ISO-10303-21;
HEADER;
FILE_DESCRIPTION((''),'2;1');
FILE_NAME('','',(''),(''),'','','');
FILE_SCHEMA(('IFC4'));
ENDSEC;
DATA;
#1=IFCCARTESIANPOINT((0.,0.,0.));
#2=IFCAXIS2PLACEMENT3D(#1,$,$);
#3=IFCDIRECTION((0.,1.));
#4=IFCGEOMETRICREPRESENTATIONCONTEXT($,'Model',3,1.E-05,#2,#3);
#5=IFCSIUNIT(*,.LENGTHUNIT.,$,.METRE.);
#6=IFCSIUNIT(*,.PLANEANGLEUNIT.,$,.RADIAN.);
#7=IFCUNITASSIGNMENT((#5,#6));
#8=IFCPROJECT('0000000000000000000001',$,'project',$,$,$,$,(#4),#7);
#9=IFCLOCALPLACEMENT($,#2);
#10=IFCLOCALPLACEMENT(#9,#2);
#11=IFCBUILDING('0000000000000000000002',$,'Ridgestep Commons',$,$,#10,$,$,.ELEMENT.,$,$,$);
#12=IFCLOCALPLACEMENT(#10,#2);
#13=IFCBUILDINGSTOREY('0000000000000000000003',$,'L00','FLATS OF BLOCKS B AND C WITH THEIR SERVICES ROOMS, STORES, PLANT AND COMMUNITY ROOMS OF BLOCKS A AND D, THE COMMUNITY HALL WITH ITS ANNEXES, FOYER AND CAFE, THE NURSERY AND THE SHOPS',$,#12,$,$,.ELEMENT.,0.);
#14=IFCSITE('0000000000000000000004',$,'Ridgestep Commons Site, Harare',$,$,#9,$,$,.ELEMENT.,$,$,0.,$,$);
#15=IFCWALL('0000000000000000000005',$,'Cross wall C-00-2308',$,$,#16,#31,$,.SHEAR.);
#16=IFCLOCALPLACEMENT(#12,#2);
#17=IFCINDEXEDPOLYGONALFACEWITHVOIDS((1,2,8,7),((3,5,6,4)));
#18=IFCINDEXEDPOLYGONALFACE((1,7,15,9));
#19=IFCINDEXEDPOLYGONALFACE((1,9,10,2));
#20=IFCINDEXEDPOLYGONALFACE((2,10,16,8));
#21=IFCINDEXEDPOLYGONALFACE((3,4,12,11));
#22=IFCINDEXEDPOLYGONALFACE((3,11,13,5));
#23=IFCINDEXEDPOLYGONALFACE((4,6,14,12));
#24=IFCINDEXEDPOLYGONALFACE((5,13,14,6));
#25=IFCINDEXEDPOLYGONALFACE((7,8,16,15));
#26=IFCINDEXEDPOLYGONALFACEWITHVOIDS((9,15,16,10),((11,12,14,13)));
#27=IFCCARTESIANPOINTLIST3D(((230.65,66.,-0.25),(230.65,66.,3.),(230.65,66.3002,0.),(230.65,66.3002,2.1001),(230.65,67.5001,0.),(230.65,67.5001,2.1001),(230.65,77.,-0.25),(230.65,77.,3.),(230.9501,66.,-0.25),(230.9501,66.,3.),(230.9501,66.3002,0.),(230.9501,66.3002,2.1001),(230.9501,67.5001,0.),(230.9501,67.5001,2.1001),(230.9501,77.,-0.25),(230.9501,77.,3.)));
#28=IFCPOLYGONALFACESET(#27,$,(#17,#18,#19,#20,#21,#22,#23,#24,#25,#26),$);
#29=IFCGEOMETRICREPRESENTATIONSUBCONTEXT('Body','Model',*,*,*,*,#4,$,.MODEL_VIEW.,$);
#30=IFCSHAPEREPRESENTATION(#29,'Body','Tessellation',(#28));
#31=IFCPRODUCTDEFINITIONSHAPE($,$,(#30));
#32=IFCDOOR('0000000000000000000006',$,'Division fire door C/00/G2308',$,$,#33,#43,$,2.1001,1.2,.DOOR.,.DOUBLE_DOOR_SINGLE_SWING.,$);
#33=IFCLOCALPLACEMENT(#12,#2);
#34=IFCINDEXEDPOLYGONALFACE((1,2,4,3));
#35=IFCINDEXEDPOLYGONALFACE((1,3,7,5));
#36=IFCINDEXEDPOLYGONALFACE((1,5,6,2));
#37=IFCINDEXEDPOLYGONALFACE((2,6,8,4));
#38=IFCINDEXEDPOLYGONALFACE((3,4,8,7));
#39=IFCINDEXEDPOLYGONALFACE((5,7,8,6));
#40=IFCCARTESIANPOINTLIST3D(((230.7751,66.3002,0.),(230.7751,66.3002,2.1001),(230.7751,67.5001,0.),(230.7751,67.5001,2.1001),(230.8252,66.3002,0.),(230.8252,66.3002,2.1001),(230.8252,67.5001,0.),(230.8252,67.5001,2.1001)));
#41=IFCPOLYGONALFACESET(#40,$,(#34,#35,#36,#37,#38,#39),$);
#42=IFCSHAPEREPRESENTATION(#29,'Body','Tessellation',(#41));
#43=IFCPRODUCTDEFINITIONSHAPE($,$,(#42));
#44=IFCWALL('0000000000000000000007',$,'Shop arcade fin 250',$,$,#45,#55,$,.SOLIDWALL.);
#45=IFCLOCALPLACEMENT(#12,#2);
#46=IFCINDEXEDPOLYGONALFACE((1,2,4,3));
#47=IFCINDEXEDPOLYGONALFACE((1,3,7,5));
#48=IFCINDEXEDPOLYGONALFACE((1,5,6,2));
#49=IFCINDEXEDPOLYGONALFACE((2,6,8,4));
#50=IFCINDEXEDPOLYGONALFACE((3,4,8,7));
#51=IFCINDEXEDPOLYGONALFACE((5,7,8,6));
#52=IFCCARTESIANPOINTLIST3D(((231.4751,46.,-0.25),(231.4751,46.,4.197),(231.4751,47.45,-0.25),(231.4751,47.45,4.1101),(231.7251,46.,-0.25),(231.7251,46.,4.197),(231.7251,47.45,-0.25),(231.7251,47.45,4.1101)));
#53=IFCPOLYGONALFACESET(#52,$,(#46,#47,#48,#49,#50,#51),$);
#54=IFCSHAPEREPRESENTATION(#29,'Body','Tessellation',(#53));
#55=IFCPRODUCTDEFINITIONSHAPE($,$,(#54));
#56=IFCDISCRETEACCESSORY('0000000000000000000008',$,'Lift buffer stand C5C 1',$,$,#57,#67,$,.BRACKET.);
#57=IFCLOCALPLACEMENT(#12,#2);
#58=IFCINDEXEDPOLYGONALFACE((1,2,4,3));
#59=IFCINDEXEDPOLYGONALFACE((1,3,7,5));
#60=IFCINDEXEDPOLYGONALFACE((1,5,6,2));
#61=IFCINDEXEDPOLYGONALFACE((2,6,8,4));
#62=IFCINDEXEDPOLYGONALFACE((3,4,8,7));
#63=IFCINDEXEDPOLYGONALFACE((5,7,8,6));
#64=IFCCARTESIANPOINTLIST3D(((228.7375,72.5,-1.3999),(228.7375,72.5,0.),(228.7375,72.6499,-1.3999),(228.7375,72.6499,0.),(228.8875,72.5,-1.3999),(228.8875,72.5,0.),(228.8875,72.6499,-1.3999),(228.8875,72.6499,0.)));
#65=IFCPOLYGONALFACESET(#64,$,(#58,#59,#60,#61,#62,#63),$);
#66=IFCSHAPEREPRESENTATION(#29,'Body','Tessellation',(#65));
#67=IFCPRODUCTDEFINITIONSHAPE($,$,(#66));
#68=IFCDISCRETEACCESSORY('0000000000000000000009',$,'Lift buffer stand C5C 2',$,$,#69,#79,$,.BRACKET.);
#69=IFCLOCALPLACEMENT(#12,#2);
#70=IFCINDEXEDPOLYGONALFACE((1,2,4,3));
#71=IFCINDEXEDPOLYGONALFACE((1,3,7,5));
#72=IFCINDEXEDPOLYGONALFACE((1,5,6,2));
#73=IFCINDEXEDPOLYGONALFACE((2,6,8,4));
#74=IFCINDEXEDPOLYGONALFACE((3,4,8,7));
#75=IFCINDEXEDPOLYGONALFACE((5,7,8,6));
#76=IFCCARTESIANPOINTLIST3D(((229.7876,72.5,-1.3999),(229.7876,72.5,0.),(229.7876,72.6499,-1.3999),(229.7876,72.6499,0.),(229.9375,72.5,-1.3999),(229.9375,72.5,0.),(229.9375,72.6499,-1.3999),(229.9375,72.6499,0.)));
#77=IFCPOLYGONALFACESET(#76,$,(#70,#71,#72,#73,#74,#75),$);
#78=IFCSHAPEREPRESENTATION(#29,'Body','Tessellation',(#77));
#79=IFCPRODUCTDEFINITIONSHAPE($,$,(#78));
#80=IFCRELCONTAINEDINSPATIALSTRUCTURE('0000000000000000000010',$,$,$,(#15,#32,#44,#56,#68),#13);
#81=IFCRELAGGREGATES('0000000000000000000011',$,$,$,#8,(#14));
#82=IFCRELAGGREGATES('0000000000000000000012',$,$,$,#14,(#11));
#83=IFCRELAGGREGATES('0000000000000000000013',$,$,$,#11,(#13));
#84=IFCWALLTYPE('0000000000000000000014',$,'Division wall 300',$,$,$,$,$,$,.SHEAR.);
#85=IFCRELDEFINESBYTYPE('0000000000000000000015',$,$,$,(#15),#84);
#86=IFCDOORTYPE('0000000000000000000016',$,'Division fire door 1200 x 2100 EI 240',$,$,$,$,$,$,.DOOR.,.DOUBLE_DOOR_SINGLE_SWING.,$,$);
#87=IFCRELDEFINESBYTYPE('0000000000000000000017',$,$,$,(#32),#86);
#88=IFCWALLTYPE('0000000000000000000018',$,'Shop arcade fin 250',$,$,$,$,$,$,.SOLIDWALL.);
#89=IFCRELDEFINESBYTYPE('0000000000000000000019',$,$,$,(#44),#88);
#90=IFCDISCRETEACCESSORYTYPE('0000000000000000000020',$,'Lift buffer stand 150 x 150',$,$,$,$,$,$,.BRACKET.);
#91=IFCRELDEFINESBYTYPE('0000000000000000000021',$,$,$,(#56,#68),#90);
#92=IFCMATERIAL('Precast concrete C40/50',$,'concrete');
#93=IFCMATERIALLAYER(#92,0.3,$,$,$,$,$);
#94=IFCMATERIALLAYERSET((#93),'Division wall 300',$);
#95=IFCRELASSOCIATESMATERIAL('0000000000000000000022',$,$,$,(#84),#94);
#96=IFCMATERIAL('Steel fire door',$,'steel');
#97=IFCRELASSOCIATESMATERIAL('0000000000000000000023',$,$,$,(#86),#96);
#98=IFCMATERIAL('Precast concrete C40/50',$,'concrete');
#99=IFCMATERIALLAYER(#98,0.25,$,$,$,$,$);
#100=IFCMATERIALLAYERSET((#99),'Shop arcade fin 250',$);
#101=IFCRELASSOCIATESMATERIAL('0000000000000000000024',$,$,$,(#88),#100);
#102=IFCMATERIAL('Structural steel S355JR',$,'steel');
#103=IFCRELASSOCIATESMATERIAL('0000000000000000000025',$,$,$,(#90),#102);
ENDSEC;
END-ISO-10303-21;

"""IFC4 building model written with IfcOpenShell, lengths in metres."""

from ifc_helpers import new_model, si_unit, direction, frame, frame_2d, origin, origin_2d, place, context, subcontext, project, spatial, polyline, rectangle, outline, extrude, material, layer, layer_set, type_object, element, fill, save


model = new_model("IFC4")

# Units and contexts
model_context = context("Model", 3, precision=1e-05, world=origin(), true_north=direction((0.0, 1.0)))
body_context = subcontext(model_context, "Body", "Model", "MODEL_VIEW")
ifc_project = project(units=[si_unit("LENGTHUNIT", "METRE"), si_unit("PLANEANGLEUNIT", "RADIAN")], contexts=[model_context])

# Site, building, storey
site_placement = place(None, origin())
site = spatial("IfcSite", under=ifc_project, at=site_placement, Name="Ridgestep Commons Site, Harare", CompositionType="ELEMENT", RefElevation=0.0)
building_placement = place(site_placement, origin())
building = spatial("IfcBuilding", under=site, at=building_placement, Name="Ridgestep Commons", CompositionType="ELEMENT")
storey_placement = place(building_placement, origin())
storey = spatial("IfcBuildingStorey", under=building, at=storey_placement, Name="L00", Description="FLATS OF BLOCKS B AND C WITH THEIR SERVICES ROOMS, STORES, PLANT AND COMMUNITY ROOMS OF BLOCKS A AND D, THE COMMUNITY HALL WITH ITS ANNEXES, FOYER AND CAFE, THE NURSERY AND THE SHOPS", CompositionType="ELEMENT", Elevation=0.0)

# Wall, opening, door
ifc_material_1 = material(Name="Precast concrete C40/50", Category="concrete")
ifc_layer_1 = layer(ifc_material_1, 0.3)
ifc_layer_set_1 = layer_set([ifc_layer_1], Name="Division wall 300")
wall_type_1 = type_object("IfcWallType", Name="Division wall 300", PredefinedType="SHEAR", material=ifc_layer_set_1)
wall_1_placement = place(storey_placement, frame((230.8, 66.0, -0.25), z_axis=(0.0, 0.0, 1.0), x_axis=(0.0, 1.0, 0.0)))
wall_1 = element("IfcWall", 1, at=wall_1_placement, inside=storey, type_object=wall_type_1, Name="Cross wall C-00-2308", PredefinedType="SHEAR", context=body_context, shape_type="SweptSolid", body=[
    extrude(rectangle(XDim=11.0, YDim=0.3, at=frame_2d((5.5, 0.0))), origin(), (0.0, 0.0, 1.0), 3.25),
])
opening_1_placement = place(wall_1_placement, frame((0.3, 0.0, 0.25)))
opening_1 = element("IfcOpeningElement", 2, at=opening_1_placement, cuts=wall_1, PredefinedType="OPENING", context=body_context, shape_type="SweptSolid", body=[
    extrude(rectangle(XDim=1.2, YDim=2.1001, at=frame_2d((0.6001, 1.05))), frame((0.0, 0.1599, 0.0), z_axis=(0.0, -1.0, 0.0), x_axis=(1.0, 0.0, 0.0)), (0.0, 0.0, 1.0), 0.3201),
])
ifc_material_2 = material(Name="Steel fire door", Category="steel")
door_type_1 = type_object("IfcDoorType", Name="Division fire door 1200 x 2100 EI 240", OperationType="DOUBLE_DOOR_SINGLE_SWING", PredefinedType="DOOR", material=ifc_material_2)
door_1_placement = place(opening_1_placement, origin())
door_1 = element("IfcDoor", 3, at=door_1_placement, inside=storey, type_object=door_type_1, Name="Division fire door C/00/G2308", OperationType="DOUBLE_DOOR_SINGLE_SWING", OverallHeight=2.1001, OverallWidth=1.2, PredefinedType="DOOR", context=body_context, shape_type="SweptSolid", body=[
    extrude(rectangle(XDim=1.2, YDim=2.1001, at=frame_2d((0.6001, 1.05))), frame((0.0, 0.0249, 0.0), z_axis=(0.0, -1.0, 0.0), x_axis=(1.0, 0.0, 0.0)), (0.0, 0.0, 1.0), 0.05),
])
fill(opening_1, door_1)

# Wall
ifc_material_3 = material(Name="Precast concrete C40/50", Category="concrete")
ifc_layer_2 = layer(ifc_material_3, 0.25)
ifc_layer_set_2 = layer_set([ifc_layer_2], Name="Shop arcade fin 250")
wall_type_2 = type_object("IfcWallType", Name="Shop arcade fin 250", PredefinedType="SOLIDWALL", material=ifc_layer_set_2)
wall_2_placement = place(storey_placement, frame((231.6001, 46.0, -0.25), z_axis=(0.0, 0.0, 1.0), x_axis=(0.0, 1.0, 0.0)))
element("IfcWall", 4, at=wall_2_placement, inside=storey, type_object=wall_type_2, Name="Shop arcade fin 250", PredefinedType="SOLIDWALL", context=body_context, shape_type="SweptSolid", body=[
    extrude(outline(polyline([(0.0, 0.0), (1.45, 0.0), (1.45, 4.3601), (0.0, 4.447), (0.0, 0.0)])), frame((0.0, 0.125, 0.0), z_axis=(0.0, -1.0, 0.0), x_axis=(1.0, 0.0, 0.0)), (0.0, 0.0, 1.0), 0.25),
])

# Discrete accessories
ifc_material_4 = material(Name="Structural steel S355JR", Category="steel")
discrete_accessory_type = type_object("IfcDiscreteAccessoryType", Name="Lift buffer stand 150 x 150", PredefinedType="BRACKET", material=ifc_material_4)
for number, where, z_axis, x_axis, name in (
    (5, (228.8125, 72.575, -1.3999), (0.0, 0.0, 1.0), (1.0, 0.0, 0.0), "Lift buffer stand C5C 1"),
    (6, (229.8625, 72.575, -1.3999), (0.0, 0.0, 1.0), (1.0, 0.0, 0.0), "Lift buffer stand C5C 2"),
):
    element("IfcDiscreteAccessory", number, at=place(storey_placement, frame(where, z_axis=z_axis, x_axis=x_axis)), inside=storey, type_object=discrete_accessory_type, Name=name, PredefinedType="BRACKET", context=body_context, shape_type="SweptSolid", body=[
        extrude(rectangle(XDim=0.1499, YDim=0.1499, at=origin_2d()), origin(), (0.0, 0.0, 1.0), 1.3999),
    ])

save(model, "model.ifc")
